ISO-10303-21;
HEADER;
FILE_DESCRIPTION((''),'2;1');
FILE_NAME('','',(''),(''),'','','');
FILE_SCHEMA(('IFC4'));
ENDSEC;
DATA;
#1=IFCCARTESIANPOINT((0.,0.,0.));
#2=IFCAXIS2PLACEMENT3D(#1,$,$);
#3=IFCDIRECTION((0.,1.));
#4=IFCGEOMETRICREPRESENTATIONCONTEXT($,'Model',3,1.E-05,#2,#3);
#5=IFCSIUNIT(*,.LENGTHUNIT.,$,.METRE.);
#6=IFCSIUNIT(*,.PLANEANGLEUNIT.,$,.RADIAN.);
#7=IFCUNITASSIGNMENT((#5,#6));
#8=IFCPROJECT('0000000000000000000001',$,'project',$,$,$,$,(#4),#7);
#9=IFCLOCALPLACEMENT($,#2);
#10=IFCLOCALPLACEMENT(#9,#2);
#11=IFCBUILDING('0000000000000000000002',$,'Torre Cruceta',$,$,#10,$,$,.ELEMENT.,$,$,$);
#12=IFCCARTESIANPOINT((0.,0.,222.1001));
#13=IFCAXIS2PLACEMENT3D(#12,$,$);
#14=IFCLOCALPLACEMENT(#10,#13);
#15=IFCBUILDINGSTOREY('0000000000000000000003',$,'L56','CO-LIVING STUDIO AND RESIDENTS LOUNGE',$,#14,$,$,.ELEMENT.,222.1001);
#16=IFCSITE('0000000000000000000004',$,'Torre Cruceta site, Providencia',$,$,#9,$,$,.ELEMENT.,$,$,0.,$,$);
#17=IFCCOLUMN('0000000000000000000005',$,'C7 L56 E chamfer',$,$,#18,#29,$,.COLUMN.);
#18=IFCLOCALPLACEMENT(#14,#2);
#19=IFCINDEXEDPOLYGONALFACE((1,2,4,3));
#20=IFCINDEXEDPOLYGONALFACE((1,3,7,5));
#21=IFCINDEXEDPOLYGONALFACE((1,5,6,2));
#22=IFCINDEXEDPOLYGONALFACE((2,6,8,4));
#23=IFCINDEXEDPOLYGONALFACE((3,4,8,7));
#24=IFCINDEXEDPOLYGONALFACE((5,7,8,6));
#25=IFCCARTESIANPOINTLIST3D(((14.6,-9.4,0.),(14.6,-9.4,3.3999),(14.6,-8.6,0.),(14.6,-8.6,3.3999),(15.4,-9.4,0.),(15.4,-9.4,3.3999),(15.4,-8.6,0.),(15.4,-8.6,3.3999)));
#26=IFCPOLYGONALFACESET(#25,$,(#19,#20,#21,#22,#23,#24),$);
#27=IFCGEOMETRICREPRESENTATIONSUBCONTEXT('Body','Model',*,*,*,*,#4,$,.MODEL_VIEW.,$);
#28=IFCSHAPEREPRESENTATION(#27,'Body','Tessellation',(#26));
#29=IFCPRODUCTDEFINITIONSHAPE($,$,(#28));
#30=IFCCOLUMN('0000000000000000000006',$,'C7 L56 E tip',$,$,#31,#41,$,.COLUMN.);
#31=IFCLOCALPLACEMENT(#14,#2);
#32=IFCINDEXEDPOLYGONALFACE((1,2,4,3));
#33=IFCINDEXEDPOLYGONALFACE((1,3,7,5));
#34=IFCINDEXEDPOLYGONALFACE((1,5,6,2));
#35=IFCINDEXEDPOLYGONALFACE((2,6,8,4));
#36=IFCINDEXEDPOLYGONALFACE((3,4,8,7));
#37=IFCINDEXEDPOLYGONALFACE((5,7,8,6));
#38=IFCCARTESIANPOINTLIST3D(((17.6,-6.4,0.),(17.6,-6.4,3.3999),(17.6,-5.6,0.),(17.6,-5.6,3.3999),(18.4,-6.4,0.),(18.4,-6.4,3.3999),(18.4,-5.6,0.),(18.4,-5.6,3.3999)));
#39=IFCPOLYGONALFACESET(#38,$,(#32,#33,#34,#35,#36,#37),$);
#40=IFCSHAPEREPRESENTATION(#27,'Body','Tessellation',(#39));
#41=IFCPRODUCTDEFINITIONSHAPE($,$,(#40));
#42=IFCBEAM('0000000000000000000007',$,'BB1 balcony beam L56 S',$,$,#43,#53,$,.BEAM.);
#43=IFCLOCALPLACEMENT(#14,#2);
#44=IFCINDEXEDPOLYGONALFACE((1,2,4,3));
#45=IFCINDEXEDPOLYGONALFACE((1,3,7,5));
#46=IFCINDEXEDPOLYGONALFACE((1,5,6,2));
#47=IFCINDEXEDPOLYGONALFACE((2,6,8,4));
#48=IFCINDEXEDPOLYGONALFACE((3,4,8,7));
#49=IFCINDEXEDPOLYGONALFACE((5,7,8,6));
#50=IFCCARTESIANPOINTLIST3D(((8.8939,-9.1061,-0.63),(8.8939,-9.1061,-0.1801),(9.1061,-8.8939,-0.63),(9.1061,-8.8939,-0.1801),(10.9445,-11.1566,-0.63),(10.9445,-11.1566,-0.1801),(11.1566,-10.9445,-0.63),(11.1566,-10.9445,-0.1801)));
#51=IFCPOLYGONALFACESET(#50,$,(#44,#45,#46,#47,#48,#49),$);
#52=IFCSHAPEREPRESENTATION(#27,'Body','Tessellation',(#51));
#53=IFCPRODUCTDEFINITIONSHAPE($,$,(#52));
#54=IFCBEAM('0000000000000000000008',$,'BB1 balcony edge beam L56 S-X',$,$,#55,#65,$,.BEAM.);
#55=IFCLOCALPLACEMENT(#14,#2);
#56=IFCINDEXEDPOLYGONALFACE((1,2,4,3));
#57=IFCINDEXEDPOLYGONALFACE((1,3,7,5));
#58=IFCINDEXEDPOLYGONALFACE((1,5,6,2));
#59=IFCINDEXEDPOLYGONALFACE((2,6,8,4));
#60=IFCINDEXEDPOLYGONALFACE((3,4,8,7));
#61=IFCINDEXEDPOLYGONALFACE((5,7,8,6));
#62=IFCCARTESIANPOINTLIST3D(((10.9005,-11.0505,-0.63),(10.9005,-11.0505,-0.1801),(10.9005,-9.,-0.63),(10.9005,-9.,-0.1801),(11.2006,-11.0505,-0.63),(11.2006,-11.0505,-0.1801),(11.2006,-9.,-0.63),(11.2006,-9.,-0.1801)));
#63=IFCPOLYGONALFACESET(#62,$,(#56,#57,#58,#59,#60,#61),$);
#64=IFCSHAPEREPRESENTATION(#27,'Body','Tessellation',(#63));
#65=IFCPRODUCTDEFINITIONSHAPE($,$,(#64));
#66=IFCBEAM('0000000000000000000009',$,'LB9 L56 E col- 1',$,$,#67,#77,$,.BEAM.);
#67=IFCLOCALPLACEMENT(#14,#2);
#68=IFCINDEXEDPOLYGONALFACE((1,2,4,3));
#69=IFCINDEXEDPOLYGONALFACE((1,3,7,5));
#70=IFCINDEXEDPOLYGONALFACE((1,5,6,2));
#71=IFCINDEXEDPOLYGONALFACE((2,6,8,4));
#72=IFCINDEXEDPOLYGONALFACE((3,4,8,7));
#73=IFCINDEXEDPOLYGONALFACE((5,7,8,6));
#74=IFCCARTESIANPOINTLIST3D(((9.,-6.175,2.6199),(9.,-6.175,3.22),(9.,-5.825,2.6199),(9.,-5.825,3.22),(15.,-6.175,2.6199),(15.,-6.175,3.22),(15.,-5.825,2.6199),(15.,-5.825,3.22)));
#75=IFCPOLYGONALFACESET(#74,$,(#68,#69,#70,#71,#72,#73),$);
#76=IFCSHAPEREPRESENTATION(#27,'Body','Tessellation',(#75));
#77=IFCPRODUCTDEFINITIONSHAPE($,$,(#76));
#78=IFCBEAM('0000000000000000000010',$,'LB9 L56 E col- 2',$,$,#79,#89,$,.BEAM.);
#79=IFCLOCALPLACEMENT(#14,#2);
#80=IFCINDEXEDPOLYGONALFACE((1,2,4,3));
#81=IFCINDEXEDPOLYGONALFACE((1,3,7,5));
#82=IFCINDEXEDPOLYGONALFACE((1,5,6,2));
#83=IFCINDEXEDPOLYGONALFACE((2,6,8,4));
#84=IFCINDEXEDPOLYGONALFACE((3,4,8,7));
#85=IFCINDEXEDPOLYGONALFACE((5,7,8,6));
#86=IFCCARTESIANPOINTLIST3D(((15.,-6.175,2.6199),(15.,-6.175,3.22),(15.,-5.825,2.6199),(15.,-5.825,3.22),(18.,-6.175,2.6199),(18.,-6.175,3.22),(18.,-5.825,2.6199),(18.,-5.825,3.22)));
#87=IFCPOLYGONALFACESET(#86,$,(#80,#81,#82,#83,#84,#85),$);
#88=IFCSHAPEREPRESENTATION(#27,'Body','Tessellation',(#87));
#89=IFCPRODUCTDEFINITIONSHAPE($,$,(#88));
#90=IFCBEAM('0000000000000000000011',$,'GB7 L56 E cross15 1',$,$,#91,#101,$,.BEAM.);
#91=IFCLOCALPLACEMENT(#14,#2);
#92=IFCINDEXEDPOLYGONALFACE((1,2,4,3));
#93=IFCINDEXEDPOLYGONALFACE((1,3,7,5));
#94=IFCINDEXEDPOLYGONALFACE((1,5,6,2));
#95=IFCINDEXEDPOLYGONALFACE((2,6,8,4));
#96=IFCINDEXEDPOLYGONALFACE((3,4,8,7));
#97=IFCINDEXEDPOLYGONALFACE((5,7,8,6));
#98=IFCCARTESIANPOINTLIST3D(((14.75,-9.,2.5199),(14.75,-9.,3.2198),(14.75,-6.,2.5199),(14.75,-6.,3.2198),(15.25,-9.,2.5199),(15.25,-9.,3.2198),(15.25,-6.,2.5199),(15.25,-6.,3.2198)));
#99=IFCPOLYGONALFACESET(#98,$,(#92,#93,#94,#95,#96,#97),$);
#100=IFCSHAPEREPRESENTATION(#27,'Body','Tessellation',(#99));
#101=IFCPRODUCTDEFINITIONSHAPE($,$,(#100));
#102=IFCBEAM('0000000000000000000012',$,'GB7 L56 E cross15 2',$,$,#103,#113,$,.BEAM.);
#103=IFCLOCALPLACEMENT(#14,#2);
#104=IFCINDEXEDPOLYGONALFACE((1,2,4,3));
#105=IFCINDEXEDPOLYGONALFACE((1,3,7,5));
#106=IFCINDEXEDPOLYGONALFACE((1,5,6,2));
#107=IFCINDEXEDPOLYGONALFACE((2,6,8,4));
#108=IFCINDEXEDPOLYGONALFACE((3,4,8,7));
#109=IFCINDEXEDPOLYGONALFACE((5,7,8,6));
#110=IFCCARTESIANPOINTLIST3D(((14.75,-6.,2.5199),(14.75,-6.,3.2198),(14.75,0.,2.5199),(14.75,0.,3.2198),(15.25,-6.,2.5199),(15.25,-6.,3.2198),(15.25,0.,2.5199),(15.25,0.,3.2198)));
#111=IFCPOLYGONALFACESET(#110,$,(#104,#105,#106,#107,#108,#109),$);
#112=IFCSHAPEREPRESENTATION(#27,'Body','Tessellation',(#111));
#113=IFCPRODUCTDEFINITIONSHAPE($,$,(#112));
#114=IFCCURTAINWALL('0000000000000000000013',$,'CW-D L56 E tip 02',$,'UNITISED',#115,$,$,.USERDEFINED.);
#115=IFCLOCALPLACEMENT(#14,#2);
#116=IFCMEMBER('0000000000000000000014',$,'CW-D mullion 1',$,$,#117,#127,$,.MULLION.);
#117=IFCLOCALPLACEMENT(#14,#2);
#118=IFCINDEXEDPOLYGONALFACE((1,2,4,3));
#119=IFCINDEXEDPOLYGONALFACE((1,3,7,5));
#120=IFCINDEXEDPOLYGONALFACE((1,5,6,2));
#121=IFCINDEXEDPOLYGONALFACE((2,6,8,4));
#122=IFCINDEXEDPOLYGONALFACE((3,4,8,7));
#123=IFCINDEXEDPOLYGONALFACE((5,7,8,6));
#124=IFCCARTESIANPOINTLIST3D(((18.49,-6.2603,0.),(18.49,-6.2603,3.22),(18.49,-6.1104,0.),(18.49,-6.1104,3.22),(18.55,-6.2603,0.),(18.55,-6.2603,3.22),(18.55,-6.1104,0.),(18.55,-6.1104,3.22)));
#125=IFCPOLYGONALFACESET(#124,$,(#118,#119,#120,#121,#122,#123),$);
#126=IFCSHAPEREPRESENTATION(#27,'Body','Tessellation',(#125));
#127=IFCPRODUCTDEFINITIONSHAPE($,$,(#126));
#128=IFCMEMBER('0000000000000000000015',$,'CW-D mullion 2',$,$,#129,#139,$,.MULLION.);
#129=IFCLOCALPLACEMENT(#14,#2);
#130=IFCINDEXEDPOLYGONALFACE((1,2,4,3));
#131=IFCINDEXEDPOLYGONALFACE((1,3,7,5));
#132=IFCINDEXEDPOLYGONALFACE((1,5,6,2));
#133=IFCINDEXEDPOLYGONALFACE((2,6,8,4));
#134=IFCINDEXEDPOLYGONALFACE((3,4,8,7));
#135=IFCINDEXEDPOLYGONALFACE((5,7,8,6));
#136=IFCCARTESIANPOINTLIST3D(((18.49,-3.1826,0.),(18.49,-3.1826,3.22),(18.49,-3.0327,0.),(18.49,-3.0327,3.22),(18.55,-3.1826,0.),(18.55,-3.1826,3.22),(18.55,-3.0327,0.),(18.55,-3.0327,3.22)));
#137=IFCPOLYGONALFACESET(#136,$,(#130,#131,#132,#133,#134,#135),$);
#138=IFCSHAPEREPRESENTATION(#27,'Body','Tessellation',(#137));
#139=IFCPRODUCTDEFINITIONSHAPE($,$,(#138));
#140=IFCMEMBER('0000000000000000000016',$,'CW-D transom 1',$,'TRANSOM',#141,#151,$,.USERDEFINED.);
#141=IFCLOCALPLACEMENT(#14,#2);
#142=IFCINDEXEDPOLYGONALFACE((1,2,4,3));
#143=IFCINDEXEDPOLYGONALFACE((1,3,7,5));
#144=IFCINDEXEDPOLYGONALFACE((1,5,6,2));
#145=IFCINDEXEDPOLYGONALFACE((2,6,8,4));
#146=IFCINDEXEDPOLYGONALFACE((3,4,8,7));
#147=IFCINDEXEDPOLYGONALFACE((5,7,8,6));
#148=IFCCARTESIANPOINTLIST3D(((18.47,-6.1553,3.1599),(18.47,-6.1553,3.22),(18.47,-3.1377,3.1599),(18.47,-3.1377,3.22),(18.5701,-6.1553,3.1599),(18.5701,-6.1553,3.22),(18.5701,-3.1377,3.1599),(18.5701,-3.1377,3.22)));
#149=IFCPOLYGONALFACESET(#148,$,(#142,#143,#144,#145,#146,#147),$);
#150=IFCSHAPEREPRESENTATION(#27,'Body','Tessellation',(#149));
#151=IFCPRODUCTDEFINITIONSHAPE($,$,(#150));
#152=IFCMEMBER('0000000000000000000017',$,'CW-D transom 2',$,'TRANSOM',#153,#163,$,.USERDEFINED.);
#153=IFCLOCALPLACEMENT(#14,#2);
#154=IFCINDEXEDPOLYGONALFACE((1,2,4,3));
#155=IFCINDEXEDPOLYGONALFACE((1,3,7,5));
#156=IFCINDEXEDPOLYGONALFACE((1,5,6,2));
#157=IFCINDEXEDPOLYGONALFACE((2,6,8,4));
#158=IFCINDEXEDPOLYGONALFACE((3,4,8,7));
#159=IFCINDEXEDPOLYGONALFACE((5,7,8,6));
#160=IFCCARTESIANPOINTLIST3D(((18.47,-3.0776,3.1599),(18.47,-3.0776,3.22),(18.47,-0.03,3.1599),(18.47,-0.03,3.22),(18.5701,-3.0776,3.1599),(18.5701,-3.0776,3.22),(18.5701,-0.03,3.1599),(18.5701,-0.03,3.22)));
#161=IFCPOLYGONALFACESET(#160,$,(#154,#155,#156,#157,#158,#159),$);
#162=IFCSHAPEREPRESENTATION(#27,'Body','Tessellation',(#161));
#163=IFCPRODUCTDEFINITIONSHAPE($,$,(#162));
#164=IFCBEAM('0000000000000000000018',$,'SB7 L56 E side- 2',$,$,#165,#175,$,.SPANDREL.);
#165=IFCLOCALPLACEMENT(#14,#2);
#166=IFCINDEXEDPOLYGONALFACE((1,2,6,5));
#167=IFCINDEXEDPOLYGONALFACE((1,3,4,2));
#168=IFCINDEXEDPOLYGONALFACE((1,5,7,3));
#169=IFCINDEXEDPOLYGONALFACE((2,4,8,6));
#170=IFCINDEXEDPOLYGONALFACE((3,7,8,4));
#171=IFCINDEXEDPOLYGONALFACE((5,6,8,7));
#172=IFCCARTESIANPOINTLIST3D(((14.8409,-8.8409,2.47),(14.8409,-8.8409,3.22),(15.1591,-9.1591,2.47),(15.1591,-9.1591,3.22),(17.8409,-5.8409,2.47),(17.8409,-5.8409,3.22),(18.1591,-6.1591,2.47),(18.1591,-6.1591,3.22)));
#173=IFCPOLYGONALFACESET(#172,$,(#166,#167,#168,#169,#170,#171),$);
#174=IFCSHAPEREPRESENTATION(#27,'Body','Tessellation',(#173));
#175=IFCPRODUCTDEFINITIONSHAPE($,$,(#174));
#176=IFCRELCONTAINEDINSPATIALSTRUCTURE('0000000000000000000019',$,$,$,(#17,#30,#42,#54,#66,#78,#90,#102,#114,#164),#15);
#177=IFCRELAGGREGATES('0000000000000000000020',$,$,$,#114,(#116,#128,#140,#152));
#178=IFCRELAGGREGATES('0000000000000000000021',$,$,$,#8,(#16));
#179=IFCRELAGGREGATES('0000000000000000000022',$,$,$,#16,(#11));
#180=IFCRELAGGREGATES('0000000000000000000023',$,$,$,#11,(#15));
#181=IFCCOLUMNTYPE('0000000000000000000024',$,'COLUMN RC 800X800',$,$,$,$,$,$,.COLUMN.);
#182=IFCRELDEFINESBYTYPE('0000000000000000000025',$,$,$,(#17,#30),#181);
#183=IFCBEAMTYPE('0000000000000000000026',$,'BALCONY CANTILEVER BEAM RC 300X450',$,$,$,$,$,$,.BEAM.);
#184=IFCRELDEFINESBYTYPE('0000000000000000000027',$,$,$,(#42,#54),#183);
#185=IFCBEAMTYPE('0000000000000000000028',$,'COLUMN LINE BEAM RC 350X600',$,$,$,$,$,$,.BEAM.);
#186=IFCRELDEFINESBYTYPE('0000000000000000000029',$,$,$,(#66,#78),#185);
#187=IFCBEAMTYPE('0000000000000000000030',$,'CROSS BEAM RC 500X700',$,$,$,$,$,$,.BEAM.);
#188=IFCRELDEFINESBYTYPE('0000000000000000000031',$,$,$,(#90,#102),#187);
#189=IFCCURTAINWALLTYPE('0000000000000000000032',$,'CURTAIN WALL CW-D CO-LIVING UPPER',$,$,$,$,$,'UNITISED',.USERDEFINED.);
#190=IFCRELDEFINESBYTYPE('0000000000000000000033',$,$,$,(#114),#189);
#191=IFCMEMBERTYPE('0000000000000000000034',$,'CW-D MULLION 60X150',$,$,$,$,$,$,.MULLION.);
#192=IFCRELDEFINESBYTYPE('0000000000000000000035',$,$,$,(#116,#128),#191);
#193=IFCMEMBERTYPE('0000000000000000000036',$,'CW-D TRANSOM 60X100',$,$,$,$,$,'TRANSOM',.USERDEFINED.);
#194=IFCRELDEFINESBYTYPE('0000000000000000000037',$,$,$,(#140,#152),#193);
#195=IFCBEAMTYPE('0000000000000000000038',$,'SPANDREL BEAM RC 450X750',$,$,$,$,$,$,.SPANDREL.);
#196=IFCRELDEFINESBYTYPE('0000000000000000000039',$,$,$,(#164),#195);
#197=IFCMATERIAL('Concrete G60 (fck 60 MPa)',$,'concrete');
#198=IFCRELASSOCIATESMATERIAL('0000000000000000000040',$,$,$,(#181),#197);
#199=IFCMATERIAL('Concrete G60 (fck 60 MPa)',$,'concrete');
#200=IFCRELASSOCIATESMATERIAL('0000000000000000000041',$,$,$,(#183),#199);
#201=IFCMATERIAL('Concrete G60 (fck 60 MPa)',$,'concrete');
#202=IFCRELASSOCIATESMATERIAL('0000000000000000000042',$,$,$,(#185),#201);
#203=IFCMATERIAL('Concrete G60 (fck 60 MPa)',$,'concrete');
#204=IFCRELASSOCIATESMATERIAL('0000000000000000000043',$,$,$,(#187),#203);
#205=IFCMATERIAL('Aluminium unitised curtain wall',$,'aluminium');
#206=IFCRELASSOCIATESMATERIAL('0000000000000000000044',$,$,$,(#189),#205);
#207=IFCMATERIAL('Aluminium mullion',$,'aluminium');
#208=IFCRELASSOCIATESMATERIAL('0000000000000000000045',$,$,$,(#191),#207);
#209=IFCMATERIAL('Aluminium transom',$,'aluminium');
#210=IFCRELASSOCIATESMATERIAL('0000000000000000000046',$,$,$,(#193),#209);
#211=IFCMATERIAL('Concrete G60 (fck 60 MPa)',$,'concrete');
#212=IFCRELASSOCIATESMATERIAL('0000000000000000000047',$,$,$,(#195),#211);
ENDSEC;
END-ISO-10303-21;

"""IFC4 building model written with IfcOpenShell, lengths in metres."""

from ifc_helpers import new_model, si_unit, direction, frame, origin, origin_2d, place, context, subcontext, project, spatial, rectangle, extrude, material, material_profile, profile_set, type_object, element, aggregate, save


model = new_model("IFC4")

# Units and contexts
model_context = context("Model", 3, precision=1e-05, world=origin(), true_north=direction((0.0, 1.0)))
body_context = subcontext(model_context, "Body", "Model", "MODEL_VIEW")
ifc_project = project(units=[si_unit("LENGTHUNIT", "METRE"), si_unit("PLANEANGLEUNIT", "RADIAN")], contexts=[model_context])

# Site, building, storey
site_placement = place(None, origin())
site = spatial("IfcSite", under=ifc_project, at=site_placement, Name="Torre Cruceta site, Providencia", CompositionType="ELEMENT", RefElevation=0.0)
building_placement = place(site_placement, origin())
building = spatial("IfcBuilding", under=site, at=building_placement, Name="Torre Cruceta", CompositionType="ELEMENT")
storey_placement = place(building_placement, frame((0.0, 0.0, 222.1001)))
storey = spatial("IfcBuildingStorey", under=building, at=storey_placement, Name="L56", Description="CO-LIVING STUDIO AND RESIDENTS LOUNGE", CompositionType="ELEMENT", Elevation=222.1001)

# Columns
ifc_material_1 = material(Name="Concrete G60 (fck 60 MPa)", Category="concrete")
ifc_material_profile_1 = material_profile(ifc_material_1, rectangle(XDim=0.8, YDim=0.8, at=origin_2d()), Name="RC 800X800")
ifc_profile_set_1 = profile_set([ifc_material_profile_1], Name="Concrete G60 (fck 60 MPa)")
column_type = type_object("IfcColumnType", Name="COLUMN RC 800X800", PredefinedType="COLUMN", material=ifc_profile_set_1)
for number, where, z_axis, x_axis, name in (
    (1, (15.0, -9.0, 0.0), (0.0, 0.0, 1.0), (1.0, 0.0, 0.0), "C7 L56 E chamfer"),
    (2, (18.0, -6.0, 0.0), (0.0, 0.0, 1.0), (1.0, 0.0, 0.0), "C7 L56 E tip"),
):
    element("IfcColumn", number, at=place(storey_placement, frame(where, z_axis=z_axis, x_axis=x_axis)), inside=storey, type_object=column_type, Name=name, PredefinedType="COLUMN", context=body_context, shape_type="SweptSolid", body=[
        extrude(rectangle(XDim=0.8, YDim=0.8, at=origin_2d()), origin(), (0.0, 0.0, 1.0), 3.3999),
    ])

# Beams
ifc_material_2 = material(Name="Concrete G60 (fck 60 MPa)", Category="concrete")
ifc_material_profile_2 = material_profile(ifc_material_2, rectangle(XDim=0.3, YDim=0.45, at=origin_2d()), Name="RC 300X450")
ifc_profile_set_2 = profile_set([ifc_material_profile_2], Name="Concrete G60 (fck 60 MPa)")
beam_type_1 = type_object("IfcBeamType", Name="BALCONY CANTILEVER BEAM RC 300X450", PredefinedType="BEAM", material=ifc_profile_set_2)
beam_1_placement = place(storey_placement, frame((9.0, -9.0, -0.405), z_axis=(0.707107, -0.707107, 0.0), x_axis=(0.707107, 0.707107, 0.0)))
element("IfcBeam", 3, at=beam_1_placement, inside=storey, type_object=beam_type_1, Name="BB1 balcony beam L56 S", PredefinedType="BEAM", context=body_context, shape_type="SweptSolid", body=[
    extrude(rectangle(XDim=0.3, YDim=0.45, at=origin_2d()), origin(), (0.0, 0.0, 1.0), 2.8999),
])
beam_2_placement = place(storey_placement, frame((11.0505, -9.0, -0.405), z_axis=(0.0, -1.0, 0.0), x_axis=(1.0, 0.0, 0.0)))
element("IfcBeam", 4, at=beam_2_placement, inside=storey, type_object=beam_type_1, Name="BB1 balcony edge beam L56 S-X", PredefinedType="BEAM", context=body_context, shape_type="SweptSolid", body=[
    extrude(rectangle(XDim=0.3, YDim=0.45, at=origin_2d()), origin(), (0.0, 0.0, 1.0), 2.0505),
])
ifc_material_3 = material(Name="Concrete G60 (fck 60 MPa)", Category="concrete")
ifc_material_profile_3 = material_profile(ifc_material_3, rectangle(XDim=0.3501, YDim=0.6001, at=origin_2d()), Name="RC 350X600")
ifc_profile_set_3 = profile_set([ifc_material_profile_3], Name="Concrete G60 (fck 60 MPa)")
beam_type_2 = type_object("IfcBeamType", Name="COLUMN LINE BEAM RC 350X600", PredefinedType="BEAM", material=ifc_profile_set_3)
beam_3_placement = place(storey_placement, frame((9.0, -6.0, 2.9199), z_axis=(1.0, 0.0, 0.0), x_axis=(0.0, 1.0, 0.0)))
element("IfcBeam", 5, at=beam_3_placement, inside=storey, type_object=beam_type_2, Name="LB9 L56 E col- 1", PredefinedType="BEAM", context=body_context, shape_type="SweptSolid", body=[
    extrude(rectangle(XDim=0.3501, YDim=0.6001, at=origin_2d()), origin(), (0.0, 0.0, 1.0), 6.0),
])
beam_4_placement = place(storey_placement, frame((15.0, -6.0, 2.9199), z_axis=(1.0, 0.0, 0.0), x_axis=(0.0, 1.0, 0.0)))
element("IfcBeam", 6, at=beam_4_placement, inside=storey, type_object=beam_type_2, Name="LB9 L56 E col- 2", PredefinedType="BEAM", context=body_context, shape_type="SweptSolid", body=[
    extrude(rectangle(XDim=0.3501, YDim=0.6001, at=origin_2d()), origin(), (0.0, 0.0, 1.0), 3.0),
])
ifc_material_4 = material(Name="Concrete G60 (fck 60 MPa)", Category="concrete")
ifc_material_profile_4 = material_profile(ifc_material_4, rectangle(XDim=0.5, YDim=0.7, at=origin_2d()), Name="RC 500X700")
ifc_profile_set_4 = profile_set([ifc_material_profile_4], Name="Concrete G60 (fck 60 MPa)")
beam_type_3 = type_object("IfcBeamType", Name="CROSS BEAM RC 500X700", PredefinedType="BEAM", material=ifc_profile_set_4)
beam_5_placement = place(storey_placement, frame((15.0, -9.0, 2.8699), z_axis=(0.0, 1.0, 0.0), x_axis=(-1.0, 0.0, 0.0)))
element("IfcBeam", 7, at=beam_5_placement, inside=storey, type_object=beam_type_3, Name="GB7 L56 E cross15 1", PredefinedType="BEAM", context=body_context, shape_type="SweptSolid", body=[
    extrude(rectangle(XDim=0.5, YDim=0.7, at=origin_2d()), origin(), (0.0, 0.0, 1.0), 3.0),
])
beam_6_placement = place(storey_placement, frame((15.0, -6.0, 2.8699), z_axis=(0.0, 1.0, 0.0), x_axis=(-1.0, 0.0, 0.0)))
element("IfcBeam", 8, at=beam_6_placement, inside=storey, type_object=beam_type_3, Name="GB7 L56 E cross15 2", PredefinedType="BEAM", context=body_context, shape_type="SweptSolid", body=[
    extrude(rectangle(XDim=0.5, YDim=0.7, at=origin_2d()), origin(), (0.0, 0.0, 1.0), 6.0),
])

# Curtain wall, members
ifc_material_5 = material(Name="Aluminium unitised curtain wall", Category="aluminium")
curtain_wall_type = type_object("IfcCurtainWallType", Name="CURTAIN WALL CW-D CO-LIVING UPPER", ElementType="UNITISED", PredefinedType="USERDEFINED", material=ifc_material_5)
curtain_wall_placement = place(storey_placement, origin())
curtain_wall = element("IfcCurtainWall", 9, at=curtain_wall_placement, inside=storey, type_object=curtain_wall_type, Name="CW-D L56 E tip 02", ObjectType="UNITISED", PredefinedType="USERDEFINED")
ifc_material_6 = material(Name="Aluminium mullion", Category="aluminium")
ifc_material_profile_5 = material_profile(ifc_material_6, rectangle(XDim=0.0601, YDim=0.1499, at=origin_2d()), Name="AL 60X150")
ifc_profile_set_5 = profile_set([ifc_material_profile_5], Name="Aluminium mullion")
member_type_1 = type_object("IfcMemberType", Name="CW-D MULLION 60X150", PredefinedType="MULLION", material=ifc_profile_set_5)
member_1_placement = place(storey_placement, frame((18.52, -6.1853, 0.0), z_axis=(0.0, 0.0, 1.0), x_axis=(-1.0, 0.0, 0.0)))
member_1 = element("IfcMember", 10, at=member_1_placement, type_object=member_type_1, Name="CW-D mullion 1", PredefinedType="MULLION", context=body_context, shape_type="SweptSolid", body=[
    extrude(rectangle(XDim=0.0601, YDim=0.1499, at=origin_2d()), origin(), (0.0, 0.0, 1.0), 3.22),
])
member_2_placement = place(storey_placement, frame((18.52, -3.1077, 0.0), z_axis=(0.0, 0.0, 1.0), x_axis=(-1.0, 0.0, 0.0)))
member_2 = element("IfcMember", 11, at=member_2_placement, type_object=member_type_1, Name="CW-D mullion 2", PredefinedType="MULLION", context=body_context, shape_type="SweptSolid", body=[
    extrude(rectangle(XDim=0.0601, YDim=0.1499, at=origin_2d()), origin(), (0.0, 0.0, 1.0), 3.22),
])
ifc_material_7 = material(Name="Aluminium transom", Category="aluminium")
ifc_material_profile_6 = material_profile(ifc_material_7, rectangle(XDim=0.1001, YDim=0.0601, at=origin_2d()), Name="AL 100X60")
ifc_profile_set_6 = profile_set([ifc_material_profile_6], Name="Aluminium transom")
member_type_2 = type_object("IfcMemberType", Name="CW-D TRANSOM 60X100", ElementType="TRANSOM", PredefinedType="USERDEFINED", material=ifc_profile_set_6)
member_3_placement = place(storey_placement, frame((18.52, -6.1553, 3.1899), z_axis=(0.0, 1.0, 0.0), x_axis=(-1.0, 0.0, 0.0)))
member_3 = element("IfcMember", 12, at=member_3_placement, type_object=member_type_2, Name="CW-D transom 1", ObjectType="TRANSOM", PredefinedType="USERDEFINED", context=body_context, shape_type="SweptSolid", body=[
    extrude(rectangle(XDim=0.1001, YDim=0.0601, at=origin_2d()), origin(), (0.0, 0.0, 1.0), 3.0176),
])
member_4_placement = place(storey_placement, frame((18.52, -3.0776, 3.1899), z_axis=(0.0, 1.0, 0.0), x_axis=(-1.0, 0.0, 0.0)))
member_4 = element("IfcMember", 13, at=member_4_placement, type_object=member_type_2, Name="CW-D transom 2", ObjectType="TRANSOM", PredefinedType="USERDEFINED", context=body_context, shape_type="SweptSolid", body=[
    extrude(rectangle(XDim=0.1001, YDim=0.0601, at=origin_2d()), origin(), (0.0, 0.0, 1.0), 3.0476),
])

# Beam
ifc_material_8 = material(Name="Concrete G60 (fck 60 MPa)", Category="concrete")
ifc_material_profile_7 = material_profile(ifc_material_8, rectangle(XDim=0.45, YDim=0.75, at=origin_2d()), Name="RC 450X750")
ifc_profile_set_7 = profile_set([ifc_material_profile_7], Name="Concrete G60 (fck 60 MPa)")
beam_type_4 = type_object("IfcBeamType", Name="SPANDREL BEAM RC 450X750", PredefinedType="SPANDREL", material=ifc_profile_set_7)
beam_7_placement = place(storey_placement, frame((15.0, -9.0, 2.845), z_axis=(0.707107, 0.707107, 0.0), x_axis=(-0.707107, 0.707107, 0.0)))
element("IfcBeam", 14, at=beam_7_placement, inside=storey, type_object=beam_type_4, Name="SB7 L56 E side- 2", PredefinedType="SPANDREL", context=body_context, shape_type="SweptSolid", body=[
    extrude(rectangle(XDim=0.45, YDim=0.75, at=origin_2d()), origin(), (0.0, 0.0, 1.0), 4.2427),
])

aggregate(curtain_wall, [member_1, member_2, member_3, member_4])

save(model, "model.ifc")
